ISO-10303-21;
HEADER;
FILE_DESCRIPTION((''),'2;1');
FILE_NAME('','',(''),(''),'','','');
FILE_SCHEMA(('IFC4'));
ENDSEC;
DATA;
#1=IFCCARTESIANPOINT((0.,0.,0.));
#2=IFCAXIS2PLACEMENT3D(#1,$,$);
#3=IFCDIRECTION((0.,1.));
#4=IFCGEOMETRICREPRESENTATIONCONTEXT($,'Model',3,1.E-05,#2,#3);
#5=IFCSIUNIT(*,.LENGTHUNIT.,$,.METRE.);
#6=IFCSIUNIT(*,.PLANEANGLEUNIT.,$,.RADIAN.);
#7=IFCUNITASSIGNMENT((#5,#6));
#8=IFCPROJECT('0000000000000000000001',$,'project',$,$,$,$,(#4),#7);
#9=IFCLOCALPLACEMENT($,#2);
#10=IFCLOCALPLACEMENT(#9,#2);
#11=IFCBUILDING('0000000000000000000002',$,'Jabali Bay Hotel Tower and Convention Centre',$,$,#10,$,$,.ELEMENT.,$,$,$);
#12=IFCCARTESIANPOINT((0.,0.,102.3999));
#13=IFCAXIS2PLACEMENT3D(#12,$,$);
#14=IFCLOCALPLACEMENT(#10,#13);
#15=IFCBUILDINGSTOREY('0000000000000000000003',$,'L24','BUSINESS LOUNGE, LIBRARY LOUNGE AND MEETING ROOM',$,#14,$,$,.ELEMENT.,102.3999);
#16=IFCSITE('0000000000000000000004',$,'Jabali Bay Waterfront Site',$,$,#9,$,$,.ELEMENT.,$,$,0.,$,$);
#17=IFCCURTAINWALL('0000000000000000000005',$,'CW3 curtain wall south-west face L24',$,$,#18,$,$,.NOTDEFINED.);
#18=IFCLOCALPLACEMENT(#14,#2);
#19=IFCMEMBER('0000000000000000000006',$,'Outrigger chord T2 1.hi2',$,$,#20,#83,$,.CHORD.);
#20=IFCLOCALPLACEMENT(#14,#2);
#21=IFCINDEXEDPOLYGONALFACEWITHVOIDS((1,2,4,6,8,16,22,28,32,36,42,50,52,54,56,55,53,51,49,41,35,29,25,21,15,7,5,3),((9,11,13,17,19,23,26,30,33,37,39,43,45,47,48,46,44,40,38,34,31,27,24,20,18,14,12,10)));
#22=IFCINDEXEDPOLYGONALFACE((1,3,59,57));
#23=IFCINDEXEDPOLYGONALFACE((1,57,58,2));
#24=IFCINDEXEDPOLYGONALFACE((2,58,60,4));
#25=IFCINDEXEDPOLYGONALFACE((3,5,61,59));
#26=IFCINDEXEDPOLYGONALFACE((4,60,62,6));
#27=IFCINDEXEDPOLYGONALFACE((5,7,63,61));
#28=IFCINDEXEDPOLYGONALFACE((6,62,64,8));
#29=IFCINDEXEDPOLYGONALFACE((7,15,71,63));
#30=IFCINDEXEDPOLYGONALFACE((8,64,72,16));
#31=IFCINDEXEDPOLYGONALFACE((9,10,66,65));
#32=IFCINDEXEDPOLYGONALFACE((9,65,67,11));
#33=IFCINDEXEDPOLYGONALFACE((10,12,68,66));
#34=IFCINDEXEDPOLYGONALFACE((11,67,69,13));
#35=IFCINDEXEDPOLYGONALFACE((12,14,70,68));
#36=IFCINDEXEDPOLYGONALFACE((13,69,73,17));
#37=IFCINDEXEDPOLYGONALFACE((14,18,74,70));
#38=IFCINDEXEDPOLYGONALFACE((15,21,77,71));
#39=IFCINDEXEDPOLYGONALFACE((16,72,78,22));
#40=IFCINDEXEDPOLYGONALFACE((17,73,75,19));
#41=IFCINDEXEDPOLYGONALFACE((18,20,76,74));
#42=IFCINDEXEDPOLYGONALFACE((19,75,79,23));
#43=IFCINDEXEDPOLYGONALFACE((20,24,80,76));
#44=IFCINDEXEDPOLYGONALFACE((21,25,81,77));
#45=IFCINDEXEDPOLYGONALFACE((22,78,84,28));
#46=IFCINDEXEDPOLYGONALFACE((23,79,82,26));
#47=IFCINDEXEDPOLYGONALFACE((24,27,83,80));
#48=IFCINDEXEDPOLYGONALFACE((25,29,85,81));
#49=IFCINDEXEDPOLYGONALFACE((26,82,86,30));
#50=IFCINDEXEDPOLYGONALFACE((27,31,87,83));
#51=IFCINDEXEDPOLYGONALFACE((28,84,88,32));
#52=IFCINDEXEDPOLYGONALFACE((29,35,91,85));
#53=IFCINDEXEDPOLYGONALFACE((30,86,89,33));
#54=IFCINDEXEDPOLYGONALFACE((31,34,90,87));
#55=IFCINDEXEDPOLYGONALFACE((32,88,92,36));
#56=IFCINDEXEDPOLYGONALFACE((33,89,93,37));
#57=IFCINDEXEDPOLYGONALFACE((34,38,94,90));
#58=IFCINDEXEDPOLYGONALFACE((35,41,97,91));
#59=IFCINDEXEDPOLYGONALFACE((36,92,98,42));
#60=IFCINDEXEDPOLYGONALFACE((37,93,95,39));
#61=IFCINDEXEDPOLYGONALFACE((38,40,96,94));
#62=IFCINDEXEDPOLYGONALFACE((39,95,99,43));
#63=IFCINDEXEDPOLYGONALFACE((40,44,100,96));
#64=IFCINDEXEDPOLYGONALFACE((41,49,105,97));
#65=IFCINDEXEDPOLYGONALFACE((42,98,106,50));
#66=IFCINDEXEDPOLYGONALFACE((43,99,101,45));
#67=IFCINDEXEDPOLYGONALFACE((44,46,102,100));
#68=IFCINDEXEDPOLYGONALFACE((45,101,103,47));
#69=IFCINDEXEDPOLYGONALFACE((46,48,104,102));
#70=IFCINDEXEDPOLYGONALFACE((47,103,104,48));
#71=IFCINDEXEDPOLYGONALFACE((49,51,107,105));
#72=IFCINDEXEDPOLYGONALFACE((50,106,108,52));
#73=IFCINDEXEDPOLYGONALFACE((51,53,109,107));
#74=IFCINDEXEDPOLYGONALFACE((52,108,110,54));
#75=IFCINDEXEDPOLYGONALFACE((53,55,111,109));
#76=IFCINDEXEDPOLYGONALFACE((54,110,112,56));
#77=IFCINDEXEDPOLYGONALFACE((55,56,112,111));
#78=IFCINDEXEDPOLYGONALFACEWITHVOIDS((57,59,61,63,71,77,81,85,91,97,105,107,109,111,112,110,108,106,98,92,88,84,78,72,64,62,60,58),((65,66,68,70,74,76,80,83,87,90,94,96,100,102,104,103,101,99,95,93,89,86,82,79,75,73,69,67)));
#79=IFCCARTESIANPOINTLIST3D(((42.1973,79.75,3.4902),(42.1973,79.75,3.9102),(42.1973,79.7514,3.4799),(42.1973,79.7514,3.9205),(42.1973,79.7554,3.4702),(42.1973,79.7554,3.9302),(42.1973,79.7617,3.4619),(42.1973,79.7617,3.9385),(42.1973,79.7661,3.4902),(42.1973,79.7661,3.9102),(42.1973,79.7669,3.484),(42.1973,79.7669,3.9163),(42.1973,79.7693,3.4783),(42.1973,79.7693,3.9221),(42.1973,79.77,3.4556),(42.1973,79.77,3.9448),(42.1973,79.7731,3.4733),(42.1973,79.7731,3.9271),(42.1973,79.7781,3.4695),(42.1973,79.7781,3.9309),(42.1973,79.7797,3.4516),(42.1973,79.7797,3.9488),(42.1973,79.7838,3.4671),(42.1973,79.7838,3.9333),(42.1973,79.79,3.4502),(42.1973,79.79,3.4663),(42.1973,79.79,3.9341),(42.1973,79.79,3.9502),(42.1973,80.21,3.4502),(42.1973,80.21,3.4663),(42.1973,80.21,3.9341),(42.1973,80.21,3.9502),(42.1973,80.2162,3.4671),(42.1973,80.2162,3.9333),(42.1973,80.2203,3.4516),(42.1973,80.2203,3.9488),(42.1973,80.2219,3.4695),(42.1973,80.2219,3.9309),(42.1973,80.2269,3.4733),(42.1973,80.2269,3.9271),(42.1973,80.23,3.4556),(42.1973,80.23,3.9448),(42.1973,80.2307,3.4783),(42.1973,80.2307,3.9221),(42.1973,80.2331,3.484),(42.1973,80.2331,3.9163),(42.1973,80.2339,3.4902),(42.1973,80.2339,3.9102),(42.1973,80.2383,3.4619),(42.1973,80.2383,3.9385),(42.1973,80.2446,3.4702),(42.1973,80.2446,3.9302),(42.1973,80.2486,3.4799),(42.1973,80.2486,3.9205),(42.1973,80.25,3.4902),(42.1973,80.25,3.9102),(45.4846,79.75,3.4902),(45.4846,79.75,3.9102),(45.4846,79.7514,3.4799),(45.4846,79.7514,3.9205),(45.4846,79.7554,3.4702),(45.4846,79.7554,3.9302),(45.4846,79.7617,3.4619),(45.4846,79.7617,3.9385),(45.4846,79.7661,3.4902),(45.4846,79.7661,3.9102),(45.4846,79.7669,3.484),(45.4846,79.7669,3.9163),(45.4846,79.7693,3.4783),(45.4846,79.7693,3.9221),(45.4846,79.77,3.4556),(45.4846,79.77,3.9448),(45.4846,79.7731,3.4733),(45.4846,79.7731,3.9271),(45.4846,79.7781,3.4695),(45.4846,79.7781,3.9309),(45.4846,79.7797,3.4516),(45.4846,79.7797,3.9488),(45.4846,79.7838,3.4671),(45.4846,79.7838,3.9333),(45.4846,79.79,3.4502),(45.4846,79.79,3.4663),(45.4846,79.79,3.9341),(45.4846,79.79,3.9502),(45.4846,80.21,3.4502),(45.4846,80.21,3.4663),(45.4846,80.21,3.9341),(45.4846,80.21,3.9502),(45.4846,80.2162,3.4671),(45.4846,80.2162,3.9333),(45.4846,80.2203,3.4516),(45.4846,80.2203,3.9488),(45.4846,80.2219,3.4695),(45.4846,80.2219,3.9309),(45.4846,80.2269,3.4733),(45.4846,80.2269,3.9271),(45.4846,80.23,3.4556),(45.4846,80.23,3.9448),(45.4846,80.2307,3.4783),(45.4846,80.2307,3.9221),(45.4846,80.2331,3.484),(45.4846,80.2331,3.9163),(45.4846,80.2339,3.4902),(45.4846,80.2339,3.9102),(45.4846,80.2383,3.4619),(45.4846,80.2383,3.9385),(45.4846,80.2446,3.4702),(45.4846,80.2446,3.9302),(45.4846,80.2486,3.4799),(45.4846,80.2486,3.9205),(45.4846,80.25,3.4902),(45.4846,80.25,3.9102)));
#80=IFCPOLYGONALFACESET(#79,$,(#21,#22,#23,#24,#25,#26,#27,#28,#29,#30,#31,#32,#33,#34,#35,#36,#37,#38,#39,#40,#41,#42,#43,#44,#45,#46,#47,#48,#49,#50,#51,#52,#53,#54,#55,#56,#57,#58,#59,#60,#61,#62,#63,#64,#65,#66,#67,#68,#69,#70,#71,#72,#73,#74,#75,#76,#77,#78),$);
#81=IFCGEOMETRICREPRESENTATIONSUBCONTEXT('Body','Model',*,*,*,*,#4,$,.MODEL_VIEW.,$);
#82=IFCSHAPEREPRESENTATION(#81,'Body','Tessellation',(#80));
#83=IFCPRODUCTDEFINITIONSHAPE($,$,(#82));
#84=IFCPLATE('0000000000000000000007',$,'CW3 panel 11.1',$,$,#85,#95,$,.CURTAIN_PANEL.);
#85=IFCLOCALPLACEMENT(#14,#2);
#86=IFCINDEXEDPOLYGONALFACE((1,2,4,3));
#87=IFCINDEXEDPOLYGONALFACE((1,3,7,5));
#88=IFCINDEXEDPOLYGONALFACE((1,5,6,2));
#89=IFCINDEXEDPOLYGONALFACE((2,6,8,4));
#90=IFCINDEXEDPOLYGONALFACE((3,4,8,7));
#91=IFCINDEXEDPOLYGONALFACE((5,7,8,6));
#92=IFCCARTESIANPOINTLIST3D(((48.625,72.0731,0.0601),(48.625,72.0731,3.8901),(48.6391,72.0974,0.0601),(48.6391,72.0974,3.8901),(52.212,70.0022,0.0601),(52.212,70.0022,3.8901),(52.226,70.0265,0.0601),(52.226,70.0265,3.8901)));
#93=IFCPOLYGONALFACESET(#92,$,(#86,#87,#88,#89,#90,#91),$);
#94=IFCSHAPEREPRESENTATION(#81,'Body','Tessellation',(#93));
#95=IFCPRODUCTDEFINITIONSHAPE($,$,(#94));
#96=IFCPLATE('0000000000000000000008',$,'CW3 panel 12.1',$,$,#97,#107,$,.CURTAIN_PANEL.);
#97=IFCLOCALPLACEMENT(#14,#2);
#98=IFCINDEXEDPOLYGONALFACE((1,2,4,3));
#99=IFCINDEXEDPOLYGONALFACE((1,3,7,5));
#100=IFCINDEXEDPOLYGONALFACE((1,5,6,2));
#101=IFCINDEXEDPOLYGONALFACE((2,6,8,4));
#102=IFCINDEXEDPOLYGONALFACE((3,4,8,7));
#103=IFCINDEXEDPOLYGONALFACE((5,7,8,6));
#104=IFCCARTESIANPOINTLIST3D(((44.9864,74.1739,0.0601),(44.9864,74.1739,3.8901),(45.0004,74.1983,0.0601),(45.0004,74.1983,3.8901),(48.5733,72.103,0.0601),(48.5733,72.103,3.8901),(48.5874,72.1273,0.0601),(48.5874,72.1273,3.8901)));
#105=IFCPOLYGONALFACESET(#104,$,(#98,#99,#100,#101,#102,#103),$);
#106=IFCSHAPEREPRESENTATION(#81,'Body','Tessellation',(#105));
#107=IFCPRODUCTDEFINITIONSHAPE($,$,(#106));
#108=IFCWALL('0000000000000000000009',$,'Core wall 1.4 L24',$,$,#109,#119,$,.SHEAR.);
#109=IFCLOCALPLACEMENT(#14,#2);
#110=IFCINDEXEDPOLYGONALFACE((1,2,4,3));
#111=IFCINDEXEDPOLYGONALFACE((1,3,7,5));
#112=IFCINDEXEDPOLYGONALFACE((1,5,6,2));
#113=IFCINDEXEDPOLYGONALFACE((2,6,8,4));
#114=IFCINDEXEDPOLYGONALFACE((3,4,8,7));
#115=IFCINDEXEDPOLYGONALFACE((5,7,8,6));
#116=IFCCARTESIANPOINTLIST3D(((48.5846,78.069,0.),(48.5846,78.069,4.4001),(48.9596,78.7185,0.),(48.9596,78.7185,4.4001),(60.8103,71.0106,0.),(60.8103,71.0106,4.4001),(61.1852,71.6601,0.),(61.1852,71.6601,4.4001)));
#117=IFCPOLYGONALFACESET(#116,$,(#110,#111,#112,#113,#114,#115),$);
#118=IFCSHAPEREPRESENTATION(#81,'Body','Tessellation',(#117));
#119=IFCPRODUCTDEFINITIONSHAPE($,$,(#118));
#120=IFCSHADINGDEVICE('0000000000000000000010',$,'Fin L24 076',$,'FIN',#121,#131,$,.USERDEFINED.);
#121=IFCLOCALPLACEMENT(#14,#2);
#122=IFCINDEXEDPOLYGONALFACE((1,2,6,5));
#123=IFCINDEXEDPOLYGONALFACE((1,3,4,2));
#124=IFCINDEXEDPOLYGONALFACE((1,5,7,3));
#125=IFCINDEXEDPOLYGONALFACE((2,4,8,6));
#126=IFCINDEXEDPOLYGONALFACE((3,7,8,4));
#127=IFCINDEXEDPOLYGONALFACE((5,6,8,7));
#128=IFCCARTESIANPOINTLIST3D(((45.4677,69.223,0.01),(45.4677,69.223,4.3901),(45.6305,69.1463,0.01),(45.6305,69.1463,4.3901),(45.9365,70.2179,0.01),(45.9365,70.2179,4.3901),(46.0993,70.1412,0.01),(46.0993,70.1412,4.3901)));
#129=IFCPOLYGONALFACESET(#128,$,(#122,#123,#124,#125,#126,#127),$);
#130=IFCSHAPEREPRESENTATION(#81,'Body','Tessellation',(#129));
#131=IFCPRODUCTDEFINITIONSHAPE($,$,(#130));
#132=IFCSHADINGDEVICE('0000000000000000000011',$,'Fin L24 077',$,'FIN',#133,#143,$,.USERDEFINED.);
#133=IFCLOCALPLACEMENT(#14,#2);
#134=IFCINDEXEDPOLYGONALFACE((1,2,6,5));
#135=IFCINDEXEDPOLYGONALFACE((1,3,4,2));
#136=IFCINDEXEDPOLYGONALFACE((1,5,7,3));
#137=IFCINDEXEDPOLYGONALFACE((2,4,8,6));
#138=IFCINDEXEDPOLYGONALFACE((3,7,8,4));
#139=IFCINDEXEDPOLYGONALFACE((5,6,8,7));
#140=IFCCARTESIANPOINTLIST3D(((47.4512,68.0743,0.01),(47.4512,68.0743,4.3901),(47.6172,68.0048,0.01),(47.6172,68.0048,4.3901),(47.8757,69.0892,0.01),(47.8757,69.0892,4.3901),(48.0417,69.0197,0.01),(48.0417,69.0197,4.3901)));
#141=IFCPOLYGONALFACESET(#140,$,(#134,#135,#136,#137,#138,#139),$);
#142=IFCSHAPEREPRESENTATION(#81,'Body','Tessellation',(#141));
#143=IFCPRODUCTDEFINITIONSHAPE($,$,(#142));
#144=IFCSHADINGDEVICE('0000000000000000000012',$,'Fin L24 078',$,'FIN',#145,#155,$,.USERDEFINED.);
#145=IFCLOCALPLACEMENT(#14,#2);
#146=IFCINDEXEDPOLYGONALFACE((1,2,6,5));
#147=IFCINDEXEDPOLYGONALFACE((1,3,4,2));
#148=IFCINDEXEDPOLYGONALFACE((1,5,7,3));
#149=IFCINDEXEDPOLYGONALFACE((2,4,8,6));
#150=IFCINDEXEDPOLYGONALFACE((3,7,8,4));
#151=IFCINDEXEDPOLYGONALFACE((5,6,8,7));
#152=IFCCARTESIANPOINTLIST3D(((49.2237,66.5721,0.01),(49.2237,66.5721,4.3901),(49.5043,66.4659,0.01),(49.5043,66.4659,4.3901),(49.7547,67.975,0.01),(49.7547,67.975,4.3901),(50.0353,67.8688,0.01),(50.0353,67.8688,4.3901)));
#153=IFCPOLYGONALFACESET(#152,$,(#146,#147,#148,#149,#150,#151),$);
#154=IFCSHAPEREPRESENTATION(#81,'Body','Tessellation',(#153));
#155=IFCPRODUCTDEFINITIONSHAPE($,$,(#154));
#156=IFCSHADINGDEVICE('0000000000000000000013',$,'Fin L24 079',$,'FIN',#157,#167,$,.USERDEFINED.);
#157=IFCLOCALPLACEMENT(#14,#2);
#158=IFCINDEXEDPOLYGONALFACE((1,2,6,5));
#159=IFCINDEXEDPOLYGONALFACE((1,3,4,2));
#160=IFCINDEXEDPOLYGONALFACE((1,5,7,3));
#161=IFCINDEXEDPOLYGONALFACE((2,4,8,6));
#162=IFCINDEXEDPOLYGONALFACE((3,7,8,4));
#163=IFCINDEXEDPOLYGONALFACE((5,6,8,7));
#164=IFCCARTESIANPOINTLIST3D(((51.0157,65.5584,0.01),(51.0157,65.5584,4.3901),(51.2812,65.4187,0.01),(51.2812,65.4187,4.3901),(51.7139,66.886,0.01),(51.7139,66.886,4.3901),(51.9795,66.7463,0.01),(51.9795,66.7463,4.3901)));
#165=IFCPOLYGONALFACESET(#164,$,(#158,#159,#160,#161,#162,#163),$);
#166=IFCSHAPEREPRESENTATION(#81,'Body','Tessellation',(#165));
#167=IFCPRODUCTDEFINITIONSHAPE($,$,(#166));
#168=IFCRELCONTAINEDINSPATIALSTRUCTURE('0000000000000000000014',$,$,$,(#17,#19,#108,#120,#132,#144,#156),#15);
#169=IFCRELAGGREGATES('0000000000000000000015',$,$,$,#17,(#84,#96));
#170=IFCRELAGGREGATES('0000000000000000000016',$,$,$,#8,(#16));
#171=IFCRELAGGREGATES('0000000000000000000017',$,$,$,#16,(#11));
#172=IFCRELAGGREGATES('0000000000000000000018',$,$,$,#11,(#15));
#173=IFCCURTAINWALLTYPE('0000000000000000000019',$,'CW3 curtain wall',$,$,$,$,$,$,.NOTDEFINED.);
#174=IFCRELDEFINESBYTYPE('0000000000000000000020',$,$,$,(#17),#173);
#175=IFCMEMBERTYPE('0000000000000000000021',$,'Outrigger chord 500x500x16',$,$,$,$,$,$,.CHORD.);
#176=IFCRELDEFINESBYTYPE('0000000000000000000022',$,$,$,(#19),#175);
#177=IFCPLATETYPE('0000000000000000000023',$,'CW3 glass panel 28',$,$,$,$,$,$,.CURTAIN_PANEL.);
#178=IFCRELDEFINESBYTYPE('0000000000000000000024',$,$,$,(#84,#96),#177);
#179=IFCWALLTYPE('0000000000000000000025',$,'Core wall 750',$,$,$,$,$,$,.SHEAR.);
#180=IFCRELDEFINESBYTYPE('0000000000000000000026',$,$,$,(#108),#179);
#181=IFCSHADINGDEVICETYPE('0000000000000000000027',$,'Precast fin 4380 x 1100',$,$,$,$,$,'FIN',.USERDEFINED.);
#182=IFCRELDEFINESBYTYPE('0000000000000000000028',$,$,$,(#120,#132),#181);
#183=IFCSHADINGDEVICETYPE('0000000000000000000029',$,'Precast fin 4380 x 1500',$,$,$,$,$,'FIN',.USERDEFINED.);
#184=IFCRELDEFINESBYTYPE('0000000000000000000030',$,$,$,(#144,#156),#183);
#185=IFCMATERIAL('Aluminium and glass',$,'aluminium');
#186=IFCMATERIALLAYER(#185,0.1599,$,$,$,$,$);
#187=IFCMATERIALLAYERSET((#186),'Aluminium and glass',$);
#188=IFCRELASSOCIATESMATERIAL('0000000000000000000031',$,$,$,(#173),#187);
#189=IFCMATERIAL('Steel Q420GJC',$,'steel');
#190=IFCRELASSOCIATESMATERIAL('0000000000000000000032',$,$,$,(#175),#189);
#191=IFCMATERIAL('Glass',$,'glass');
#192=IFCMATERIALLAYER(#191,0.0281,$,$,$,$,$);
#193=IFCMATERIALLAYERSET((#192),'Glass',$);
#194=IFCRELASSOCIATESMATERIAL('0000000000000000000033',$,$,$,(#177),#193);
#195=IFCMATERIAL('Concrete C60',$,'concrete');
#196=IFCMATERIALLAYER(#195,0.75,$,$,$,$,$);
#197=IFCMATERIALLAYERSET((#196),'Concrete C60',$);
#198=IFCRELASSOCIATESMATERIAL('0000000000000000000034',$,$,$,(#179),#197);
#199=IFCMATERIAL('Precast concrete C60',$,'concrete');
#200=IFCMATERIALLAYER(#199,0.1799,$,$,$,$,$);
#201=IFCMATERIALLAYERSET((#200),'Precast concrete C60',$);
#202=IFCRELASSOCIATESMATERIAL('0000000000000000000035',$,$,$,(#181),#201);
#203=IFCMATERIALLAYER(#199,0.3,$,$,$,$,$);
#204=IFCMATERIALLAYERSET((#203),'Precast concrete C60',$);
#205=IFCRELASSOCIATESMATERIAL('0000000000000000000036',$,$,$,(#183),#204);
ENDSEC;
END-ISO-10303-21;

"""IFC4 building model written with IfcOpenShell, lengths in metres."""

from ifc_helpers import new_model, si_unit, direction, frame, frame_2d, origin, origin_2d, place, context, subcontext, project, spatial, rectangle, hollow_rectangle, extrude, material, layer, layer_set, material_profile, profile_set, type_object, element, aggregate, save


model = new_model("IFC4")

# Units and contexts
model_context = context("Model", 3, precision=1e-05, world=origin(), true_north=direction((0.0, 1.0)))
body_context = subcontext(model_context, "Body", "Model", "MODEL_VIEW")
ifc_project = project(units=[si_unit("LENGTHUNIT", "METRE"), si_unit("PLANEANGLEUNIT", "RADIAN")], contexts=[model_context])

# Site, building, storey
site_placement = place(None, origin())
site = spatial("IfcSite", under=ifc_project, at=site_placement, Name="Jabali Bay Waterfront Site", CompositionType="ELEMENT", RefElevation=0.0)
building_placement = place(site_placement, origin())
building = spatial("IfcBuilding", under=site, at=building_placement, Name="Jabali Bay Hotel Tower and Convention Centre", CompositionType="ELEMENT")
storey_placement = place(building_placement, frame((0.0, 0.0, 102.3999)))
storey = spatial("IfcBuildingStorey", under=building, at=storey_placement, Name="L24", Description="BUSINESS LOUNGE, LIBRARY LOUNGE AND MEETING ROOM", CompositionType="ELEMENT", Elevation=102.3999)

# Curtain wall
ifc_material_1 = material(Name="Aluminium and glass", Category="aluminium")
ifc_layer_1 = layer(ifc_material_1, 0.1599)
ifc_layer_set_1 = layer_set([ifc_layer_1], Name="Aluminium and glass")
curtain_wall_type = type_object("IfcCurtainWallType", Name="CW3 curtain wall", PredefinedType="NOTDEFINED", material=ifc_layer_set_1)
curtain_wall_placement = place(storey_placement, origin())
curtain_wall = element("IfcCurtainWall", 1, at=curtain_wall_placement, inside=storey, type_object=curtain_wall_type, Name="CW3 curtain wall south-west face L24", PredefinedType="NOTDEFINED")

# Member
ifc_material_2 = material(Name="Steel Q420GJC", Category="steel")
ifc_material_profile_1 = material_profile(ifc_material_2, hollow_rectangle(XDim=0.5, YDim=0.5, WallThickness=0.0161, InnerFilletRadius=0.0239, OuterFilletRadius=0.04, at=origin_2d()), Name="Outrigger chord 500x500x16")
ifc_profile_set_1 = profile_set([ifc_material_profile_1], Name="Steel Q420GJC")
member_type_1 = type_object("IfcMemberType", Name="Outrigger chord 500x500x16", PredefinedType="CHORD", material=ifc_profile_set_1)
for number, where, z_axis, x_axis, name in (
    (2, (45.4846, 80.0, 3.7002), (-1.0, 0.0, 0.0), (0.0, -1.0, 0.0), "Outrigger chord T2 1.hi2"),
):
    element("IfcMember", number, at=place(storey_placement, frame(where, z_axis=z_axis, x_axis=x_axis)), inside=storey, type_object=member_type_1, Name=name, PredefinedType="CHORD", context=body_context, shape_type="SweptSolid", body=[
        extrude(hollow_rectangle(XDim=0.5, YDim=0.5, WallThickness=0.0161, InnerFilletRadius=0.0239, OuterFilletRadius=0.04, at=origin_2d()), origin(), (0.0, 0.0, 1.0), 3.2874),
    ])

# Plates
ifc_material_3 = material(Name="Glass", Category="glass")
ifc_layer_2 = layer(ifc_material_3, 0.0281)
ifc_layer_set_2 = layer_set([ifc_layer_2], Name="Glass")
plate_type = type_object("IfcPlateType", Name="CW3 glass panel 28", PredefinedType="CURTAIN_PANEL", material=ifc_layer_set_2)
plate_1_placement = place(storey_placement, frame((50.4255, 71.0498, 0.0601), z_axis=(0.0, 0.0, 1.0), x_axis=(-0.866025, 0.5, 0.0)))
plate_1 = element("IfcPlate", 3, at=plate_1_placement, type_object=plate_type, Name="CW3 panel 11.1", PredefinedType="CURTAIN_PANEL", context=body_context, shape_type="SweptSolid", body=[
    extrude(rectangle(XDim=4.1418, YDim=0.0281, at=origin_2d()), origin(), (0.0, 0.0, 1.0), 3.8301),
])
plate_2_placement = place(storey_placement, frame((46.7869, 73.1506, 0.0601), z_axis=(0.0, 0.0, 1.0), x_axis=(-0.866025, 0.5, 0.0)))
plate_2 = element("IfcPlate", 4, at=plate_2_placement, type_object=plate_type, Name="CW3 panel 12.1", PredefinedType="CURTAIN_PANEL", context=body_context, shape_type="SweptSolid", body=[
    extrude(rectangle(XDim=4.1418, YDim=0.0281, at=origin_2d()), origin(), (0.0, 0.0, 1.0), 3.8301),
])
aggregate(curtain_wall, [plate_1, plate_2])

# Wall
ifc_material_4 = material(Name="Concrete C60", Category="concrete")
ifc_layer_3 = layer(ifc_material_4, 0.75)
ifc_layer_set_3 = layer_set([ifc_layer_3], Name="Concrete C60")
wall_type = type_object("IfcWallType", Name="Core wall 750", PredefinedType="SHEAR", material=ifc_layer_set_3)
wall_placement = place(storey_placement, frame((48.772, 78.3938, 0.0), z_axis=(0.0, 0.0, 1.0), x_axis=(0.866028, -0.499995, 0.0)))
element("IfcWall", 5, at=wall_placement, inside=storey, type_object=wall_type, Name="Core wall 1.4 L24", PredefinedType="SHEAR", context=body_context, shape_type="SweptSolid", body=[
    extrude(rectangle(XDim=14.1169, YDim=0.75, at=frame_2d((7.0586, 0.0))), origin(), (0.0, 0.0, 1.0), 4.4001),
])

# Shading devices
ifc_material_5 = material(Name="Precast concrete C60", Category="concrete")
ifc_layer_4 = layer(ifc_material_5, 0.1799)
ifc_layer_set_4 = layer_set([ifc_layer_4], Name="Precast concrete C60")
shading_device_type_1 = type_object("IfcShadingDeviceType", Name="Precast fin 4380 x 1100", ElementType="FIN", PredefinedType="USERDEFINED", material=ifc_layer_set_4)
shading_device_1_placement = place(storey_placement, frame((46.0178, 70.1794, 0.01), z_axis=(0.0, 0.0, 1.0), x_axis=(-0.426225, -0.904617, 0.0)))
element("IfcShadingDevice", 6, at=shading_device_1_placement, inside=storey, type_object=shading_device_type_1, Name="Fin L24 076", ObjectType="FIN", PredefinedType="USERDEFINED", context=body_context, shape_type="SweptSolid", body=[
    extrude(rectangle(XDim=1.0999, YDim=0.1799, at=frame_2d((0.5498, 0.0))), origin(), (0.0, 0.0, 1.0), 4.3801),
])
shading_device_2_placement = place(storey_placement, frame((47.9587, 69.0544, 0.01), z_axis=(0.0, 0.0, 1.0), x_axis=(-0.385923, -0.922531, 0.0)))
element("IfcShadingDevice", 7, at=shading_device_2_placement, inside=storey, type_object=shading_device_type_1, Name="Fin L24 077", ObjectType="FIN", PredefinedType="USERDEFINED", context=body_context, shape_type="SweptSolid", body=[
    extrude(rectangle(XDim=1.1001, YDim=0.1799, at=frame_2d((0.55, 0.0))), origin(), (0.0, 0.0, 1.0), 4.3801),
])
ifc_layer_5 = layer(ifc_material_5, 0.3)
ifc_layer_set_5 = layer_set([ifc_layer_5], Name="Precast concrete C60")
shading_device_type_2 = type_object("IfcShadingDeviceType", Name="Precast fin 4380 x 1500", ElementType="FIN", PredefinedType="USERDEFINED", material=ifc_layer_set_5)
for number, where, z_axis, x_axis, name in (
    (8, (49.895, 67.9219, 0.01), (0.0, 0.0, 1.0), (-0.354011, -0.935241, 0.0), "Fin L24 078"),
    (9, (51.8467, 66.8162, 0.01), (0.0, 0.0, 1.0), (-0.465478, -0.885059, 0.0), "Fin L24 079"),
):
    element("IfcShadingDevice", number, at=place(storey_placement, frame(where, z_axis=z_axis, x_axis=x_axis)), inside=storey, type_object=shading_device_type_2, Name=name, ObjectType="FIN", PredefinedType="USERDEFINED", context=body_context, shape_type="SweptSolid", body=[
        extrude(rectangle(XDim=1.5, YDim=0.3, at=frame_2d((0.75, 0.0))), origin(), (0.0, 0.0, 1.0), 4.3801),
    ])

save(model, "model.ifc")
